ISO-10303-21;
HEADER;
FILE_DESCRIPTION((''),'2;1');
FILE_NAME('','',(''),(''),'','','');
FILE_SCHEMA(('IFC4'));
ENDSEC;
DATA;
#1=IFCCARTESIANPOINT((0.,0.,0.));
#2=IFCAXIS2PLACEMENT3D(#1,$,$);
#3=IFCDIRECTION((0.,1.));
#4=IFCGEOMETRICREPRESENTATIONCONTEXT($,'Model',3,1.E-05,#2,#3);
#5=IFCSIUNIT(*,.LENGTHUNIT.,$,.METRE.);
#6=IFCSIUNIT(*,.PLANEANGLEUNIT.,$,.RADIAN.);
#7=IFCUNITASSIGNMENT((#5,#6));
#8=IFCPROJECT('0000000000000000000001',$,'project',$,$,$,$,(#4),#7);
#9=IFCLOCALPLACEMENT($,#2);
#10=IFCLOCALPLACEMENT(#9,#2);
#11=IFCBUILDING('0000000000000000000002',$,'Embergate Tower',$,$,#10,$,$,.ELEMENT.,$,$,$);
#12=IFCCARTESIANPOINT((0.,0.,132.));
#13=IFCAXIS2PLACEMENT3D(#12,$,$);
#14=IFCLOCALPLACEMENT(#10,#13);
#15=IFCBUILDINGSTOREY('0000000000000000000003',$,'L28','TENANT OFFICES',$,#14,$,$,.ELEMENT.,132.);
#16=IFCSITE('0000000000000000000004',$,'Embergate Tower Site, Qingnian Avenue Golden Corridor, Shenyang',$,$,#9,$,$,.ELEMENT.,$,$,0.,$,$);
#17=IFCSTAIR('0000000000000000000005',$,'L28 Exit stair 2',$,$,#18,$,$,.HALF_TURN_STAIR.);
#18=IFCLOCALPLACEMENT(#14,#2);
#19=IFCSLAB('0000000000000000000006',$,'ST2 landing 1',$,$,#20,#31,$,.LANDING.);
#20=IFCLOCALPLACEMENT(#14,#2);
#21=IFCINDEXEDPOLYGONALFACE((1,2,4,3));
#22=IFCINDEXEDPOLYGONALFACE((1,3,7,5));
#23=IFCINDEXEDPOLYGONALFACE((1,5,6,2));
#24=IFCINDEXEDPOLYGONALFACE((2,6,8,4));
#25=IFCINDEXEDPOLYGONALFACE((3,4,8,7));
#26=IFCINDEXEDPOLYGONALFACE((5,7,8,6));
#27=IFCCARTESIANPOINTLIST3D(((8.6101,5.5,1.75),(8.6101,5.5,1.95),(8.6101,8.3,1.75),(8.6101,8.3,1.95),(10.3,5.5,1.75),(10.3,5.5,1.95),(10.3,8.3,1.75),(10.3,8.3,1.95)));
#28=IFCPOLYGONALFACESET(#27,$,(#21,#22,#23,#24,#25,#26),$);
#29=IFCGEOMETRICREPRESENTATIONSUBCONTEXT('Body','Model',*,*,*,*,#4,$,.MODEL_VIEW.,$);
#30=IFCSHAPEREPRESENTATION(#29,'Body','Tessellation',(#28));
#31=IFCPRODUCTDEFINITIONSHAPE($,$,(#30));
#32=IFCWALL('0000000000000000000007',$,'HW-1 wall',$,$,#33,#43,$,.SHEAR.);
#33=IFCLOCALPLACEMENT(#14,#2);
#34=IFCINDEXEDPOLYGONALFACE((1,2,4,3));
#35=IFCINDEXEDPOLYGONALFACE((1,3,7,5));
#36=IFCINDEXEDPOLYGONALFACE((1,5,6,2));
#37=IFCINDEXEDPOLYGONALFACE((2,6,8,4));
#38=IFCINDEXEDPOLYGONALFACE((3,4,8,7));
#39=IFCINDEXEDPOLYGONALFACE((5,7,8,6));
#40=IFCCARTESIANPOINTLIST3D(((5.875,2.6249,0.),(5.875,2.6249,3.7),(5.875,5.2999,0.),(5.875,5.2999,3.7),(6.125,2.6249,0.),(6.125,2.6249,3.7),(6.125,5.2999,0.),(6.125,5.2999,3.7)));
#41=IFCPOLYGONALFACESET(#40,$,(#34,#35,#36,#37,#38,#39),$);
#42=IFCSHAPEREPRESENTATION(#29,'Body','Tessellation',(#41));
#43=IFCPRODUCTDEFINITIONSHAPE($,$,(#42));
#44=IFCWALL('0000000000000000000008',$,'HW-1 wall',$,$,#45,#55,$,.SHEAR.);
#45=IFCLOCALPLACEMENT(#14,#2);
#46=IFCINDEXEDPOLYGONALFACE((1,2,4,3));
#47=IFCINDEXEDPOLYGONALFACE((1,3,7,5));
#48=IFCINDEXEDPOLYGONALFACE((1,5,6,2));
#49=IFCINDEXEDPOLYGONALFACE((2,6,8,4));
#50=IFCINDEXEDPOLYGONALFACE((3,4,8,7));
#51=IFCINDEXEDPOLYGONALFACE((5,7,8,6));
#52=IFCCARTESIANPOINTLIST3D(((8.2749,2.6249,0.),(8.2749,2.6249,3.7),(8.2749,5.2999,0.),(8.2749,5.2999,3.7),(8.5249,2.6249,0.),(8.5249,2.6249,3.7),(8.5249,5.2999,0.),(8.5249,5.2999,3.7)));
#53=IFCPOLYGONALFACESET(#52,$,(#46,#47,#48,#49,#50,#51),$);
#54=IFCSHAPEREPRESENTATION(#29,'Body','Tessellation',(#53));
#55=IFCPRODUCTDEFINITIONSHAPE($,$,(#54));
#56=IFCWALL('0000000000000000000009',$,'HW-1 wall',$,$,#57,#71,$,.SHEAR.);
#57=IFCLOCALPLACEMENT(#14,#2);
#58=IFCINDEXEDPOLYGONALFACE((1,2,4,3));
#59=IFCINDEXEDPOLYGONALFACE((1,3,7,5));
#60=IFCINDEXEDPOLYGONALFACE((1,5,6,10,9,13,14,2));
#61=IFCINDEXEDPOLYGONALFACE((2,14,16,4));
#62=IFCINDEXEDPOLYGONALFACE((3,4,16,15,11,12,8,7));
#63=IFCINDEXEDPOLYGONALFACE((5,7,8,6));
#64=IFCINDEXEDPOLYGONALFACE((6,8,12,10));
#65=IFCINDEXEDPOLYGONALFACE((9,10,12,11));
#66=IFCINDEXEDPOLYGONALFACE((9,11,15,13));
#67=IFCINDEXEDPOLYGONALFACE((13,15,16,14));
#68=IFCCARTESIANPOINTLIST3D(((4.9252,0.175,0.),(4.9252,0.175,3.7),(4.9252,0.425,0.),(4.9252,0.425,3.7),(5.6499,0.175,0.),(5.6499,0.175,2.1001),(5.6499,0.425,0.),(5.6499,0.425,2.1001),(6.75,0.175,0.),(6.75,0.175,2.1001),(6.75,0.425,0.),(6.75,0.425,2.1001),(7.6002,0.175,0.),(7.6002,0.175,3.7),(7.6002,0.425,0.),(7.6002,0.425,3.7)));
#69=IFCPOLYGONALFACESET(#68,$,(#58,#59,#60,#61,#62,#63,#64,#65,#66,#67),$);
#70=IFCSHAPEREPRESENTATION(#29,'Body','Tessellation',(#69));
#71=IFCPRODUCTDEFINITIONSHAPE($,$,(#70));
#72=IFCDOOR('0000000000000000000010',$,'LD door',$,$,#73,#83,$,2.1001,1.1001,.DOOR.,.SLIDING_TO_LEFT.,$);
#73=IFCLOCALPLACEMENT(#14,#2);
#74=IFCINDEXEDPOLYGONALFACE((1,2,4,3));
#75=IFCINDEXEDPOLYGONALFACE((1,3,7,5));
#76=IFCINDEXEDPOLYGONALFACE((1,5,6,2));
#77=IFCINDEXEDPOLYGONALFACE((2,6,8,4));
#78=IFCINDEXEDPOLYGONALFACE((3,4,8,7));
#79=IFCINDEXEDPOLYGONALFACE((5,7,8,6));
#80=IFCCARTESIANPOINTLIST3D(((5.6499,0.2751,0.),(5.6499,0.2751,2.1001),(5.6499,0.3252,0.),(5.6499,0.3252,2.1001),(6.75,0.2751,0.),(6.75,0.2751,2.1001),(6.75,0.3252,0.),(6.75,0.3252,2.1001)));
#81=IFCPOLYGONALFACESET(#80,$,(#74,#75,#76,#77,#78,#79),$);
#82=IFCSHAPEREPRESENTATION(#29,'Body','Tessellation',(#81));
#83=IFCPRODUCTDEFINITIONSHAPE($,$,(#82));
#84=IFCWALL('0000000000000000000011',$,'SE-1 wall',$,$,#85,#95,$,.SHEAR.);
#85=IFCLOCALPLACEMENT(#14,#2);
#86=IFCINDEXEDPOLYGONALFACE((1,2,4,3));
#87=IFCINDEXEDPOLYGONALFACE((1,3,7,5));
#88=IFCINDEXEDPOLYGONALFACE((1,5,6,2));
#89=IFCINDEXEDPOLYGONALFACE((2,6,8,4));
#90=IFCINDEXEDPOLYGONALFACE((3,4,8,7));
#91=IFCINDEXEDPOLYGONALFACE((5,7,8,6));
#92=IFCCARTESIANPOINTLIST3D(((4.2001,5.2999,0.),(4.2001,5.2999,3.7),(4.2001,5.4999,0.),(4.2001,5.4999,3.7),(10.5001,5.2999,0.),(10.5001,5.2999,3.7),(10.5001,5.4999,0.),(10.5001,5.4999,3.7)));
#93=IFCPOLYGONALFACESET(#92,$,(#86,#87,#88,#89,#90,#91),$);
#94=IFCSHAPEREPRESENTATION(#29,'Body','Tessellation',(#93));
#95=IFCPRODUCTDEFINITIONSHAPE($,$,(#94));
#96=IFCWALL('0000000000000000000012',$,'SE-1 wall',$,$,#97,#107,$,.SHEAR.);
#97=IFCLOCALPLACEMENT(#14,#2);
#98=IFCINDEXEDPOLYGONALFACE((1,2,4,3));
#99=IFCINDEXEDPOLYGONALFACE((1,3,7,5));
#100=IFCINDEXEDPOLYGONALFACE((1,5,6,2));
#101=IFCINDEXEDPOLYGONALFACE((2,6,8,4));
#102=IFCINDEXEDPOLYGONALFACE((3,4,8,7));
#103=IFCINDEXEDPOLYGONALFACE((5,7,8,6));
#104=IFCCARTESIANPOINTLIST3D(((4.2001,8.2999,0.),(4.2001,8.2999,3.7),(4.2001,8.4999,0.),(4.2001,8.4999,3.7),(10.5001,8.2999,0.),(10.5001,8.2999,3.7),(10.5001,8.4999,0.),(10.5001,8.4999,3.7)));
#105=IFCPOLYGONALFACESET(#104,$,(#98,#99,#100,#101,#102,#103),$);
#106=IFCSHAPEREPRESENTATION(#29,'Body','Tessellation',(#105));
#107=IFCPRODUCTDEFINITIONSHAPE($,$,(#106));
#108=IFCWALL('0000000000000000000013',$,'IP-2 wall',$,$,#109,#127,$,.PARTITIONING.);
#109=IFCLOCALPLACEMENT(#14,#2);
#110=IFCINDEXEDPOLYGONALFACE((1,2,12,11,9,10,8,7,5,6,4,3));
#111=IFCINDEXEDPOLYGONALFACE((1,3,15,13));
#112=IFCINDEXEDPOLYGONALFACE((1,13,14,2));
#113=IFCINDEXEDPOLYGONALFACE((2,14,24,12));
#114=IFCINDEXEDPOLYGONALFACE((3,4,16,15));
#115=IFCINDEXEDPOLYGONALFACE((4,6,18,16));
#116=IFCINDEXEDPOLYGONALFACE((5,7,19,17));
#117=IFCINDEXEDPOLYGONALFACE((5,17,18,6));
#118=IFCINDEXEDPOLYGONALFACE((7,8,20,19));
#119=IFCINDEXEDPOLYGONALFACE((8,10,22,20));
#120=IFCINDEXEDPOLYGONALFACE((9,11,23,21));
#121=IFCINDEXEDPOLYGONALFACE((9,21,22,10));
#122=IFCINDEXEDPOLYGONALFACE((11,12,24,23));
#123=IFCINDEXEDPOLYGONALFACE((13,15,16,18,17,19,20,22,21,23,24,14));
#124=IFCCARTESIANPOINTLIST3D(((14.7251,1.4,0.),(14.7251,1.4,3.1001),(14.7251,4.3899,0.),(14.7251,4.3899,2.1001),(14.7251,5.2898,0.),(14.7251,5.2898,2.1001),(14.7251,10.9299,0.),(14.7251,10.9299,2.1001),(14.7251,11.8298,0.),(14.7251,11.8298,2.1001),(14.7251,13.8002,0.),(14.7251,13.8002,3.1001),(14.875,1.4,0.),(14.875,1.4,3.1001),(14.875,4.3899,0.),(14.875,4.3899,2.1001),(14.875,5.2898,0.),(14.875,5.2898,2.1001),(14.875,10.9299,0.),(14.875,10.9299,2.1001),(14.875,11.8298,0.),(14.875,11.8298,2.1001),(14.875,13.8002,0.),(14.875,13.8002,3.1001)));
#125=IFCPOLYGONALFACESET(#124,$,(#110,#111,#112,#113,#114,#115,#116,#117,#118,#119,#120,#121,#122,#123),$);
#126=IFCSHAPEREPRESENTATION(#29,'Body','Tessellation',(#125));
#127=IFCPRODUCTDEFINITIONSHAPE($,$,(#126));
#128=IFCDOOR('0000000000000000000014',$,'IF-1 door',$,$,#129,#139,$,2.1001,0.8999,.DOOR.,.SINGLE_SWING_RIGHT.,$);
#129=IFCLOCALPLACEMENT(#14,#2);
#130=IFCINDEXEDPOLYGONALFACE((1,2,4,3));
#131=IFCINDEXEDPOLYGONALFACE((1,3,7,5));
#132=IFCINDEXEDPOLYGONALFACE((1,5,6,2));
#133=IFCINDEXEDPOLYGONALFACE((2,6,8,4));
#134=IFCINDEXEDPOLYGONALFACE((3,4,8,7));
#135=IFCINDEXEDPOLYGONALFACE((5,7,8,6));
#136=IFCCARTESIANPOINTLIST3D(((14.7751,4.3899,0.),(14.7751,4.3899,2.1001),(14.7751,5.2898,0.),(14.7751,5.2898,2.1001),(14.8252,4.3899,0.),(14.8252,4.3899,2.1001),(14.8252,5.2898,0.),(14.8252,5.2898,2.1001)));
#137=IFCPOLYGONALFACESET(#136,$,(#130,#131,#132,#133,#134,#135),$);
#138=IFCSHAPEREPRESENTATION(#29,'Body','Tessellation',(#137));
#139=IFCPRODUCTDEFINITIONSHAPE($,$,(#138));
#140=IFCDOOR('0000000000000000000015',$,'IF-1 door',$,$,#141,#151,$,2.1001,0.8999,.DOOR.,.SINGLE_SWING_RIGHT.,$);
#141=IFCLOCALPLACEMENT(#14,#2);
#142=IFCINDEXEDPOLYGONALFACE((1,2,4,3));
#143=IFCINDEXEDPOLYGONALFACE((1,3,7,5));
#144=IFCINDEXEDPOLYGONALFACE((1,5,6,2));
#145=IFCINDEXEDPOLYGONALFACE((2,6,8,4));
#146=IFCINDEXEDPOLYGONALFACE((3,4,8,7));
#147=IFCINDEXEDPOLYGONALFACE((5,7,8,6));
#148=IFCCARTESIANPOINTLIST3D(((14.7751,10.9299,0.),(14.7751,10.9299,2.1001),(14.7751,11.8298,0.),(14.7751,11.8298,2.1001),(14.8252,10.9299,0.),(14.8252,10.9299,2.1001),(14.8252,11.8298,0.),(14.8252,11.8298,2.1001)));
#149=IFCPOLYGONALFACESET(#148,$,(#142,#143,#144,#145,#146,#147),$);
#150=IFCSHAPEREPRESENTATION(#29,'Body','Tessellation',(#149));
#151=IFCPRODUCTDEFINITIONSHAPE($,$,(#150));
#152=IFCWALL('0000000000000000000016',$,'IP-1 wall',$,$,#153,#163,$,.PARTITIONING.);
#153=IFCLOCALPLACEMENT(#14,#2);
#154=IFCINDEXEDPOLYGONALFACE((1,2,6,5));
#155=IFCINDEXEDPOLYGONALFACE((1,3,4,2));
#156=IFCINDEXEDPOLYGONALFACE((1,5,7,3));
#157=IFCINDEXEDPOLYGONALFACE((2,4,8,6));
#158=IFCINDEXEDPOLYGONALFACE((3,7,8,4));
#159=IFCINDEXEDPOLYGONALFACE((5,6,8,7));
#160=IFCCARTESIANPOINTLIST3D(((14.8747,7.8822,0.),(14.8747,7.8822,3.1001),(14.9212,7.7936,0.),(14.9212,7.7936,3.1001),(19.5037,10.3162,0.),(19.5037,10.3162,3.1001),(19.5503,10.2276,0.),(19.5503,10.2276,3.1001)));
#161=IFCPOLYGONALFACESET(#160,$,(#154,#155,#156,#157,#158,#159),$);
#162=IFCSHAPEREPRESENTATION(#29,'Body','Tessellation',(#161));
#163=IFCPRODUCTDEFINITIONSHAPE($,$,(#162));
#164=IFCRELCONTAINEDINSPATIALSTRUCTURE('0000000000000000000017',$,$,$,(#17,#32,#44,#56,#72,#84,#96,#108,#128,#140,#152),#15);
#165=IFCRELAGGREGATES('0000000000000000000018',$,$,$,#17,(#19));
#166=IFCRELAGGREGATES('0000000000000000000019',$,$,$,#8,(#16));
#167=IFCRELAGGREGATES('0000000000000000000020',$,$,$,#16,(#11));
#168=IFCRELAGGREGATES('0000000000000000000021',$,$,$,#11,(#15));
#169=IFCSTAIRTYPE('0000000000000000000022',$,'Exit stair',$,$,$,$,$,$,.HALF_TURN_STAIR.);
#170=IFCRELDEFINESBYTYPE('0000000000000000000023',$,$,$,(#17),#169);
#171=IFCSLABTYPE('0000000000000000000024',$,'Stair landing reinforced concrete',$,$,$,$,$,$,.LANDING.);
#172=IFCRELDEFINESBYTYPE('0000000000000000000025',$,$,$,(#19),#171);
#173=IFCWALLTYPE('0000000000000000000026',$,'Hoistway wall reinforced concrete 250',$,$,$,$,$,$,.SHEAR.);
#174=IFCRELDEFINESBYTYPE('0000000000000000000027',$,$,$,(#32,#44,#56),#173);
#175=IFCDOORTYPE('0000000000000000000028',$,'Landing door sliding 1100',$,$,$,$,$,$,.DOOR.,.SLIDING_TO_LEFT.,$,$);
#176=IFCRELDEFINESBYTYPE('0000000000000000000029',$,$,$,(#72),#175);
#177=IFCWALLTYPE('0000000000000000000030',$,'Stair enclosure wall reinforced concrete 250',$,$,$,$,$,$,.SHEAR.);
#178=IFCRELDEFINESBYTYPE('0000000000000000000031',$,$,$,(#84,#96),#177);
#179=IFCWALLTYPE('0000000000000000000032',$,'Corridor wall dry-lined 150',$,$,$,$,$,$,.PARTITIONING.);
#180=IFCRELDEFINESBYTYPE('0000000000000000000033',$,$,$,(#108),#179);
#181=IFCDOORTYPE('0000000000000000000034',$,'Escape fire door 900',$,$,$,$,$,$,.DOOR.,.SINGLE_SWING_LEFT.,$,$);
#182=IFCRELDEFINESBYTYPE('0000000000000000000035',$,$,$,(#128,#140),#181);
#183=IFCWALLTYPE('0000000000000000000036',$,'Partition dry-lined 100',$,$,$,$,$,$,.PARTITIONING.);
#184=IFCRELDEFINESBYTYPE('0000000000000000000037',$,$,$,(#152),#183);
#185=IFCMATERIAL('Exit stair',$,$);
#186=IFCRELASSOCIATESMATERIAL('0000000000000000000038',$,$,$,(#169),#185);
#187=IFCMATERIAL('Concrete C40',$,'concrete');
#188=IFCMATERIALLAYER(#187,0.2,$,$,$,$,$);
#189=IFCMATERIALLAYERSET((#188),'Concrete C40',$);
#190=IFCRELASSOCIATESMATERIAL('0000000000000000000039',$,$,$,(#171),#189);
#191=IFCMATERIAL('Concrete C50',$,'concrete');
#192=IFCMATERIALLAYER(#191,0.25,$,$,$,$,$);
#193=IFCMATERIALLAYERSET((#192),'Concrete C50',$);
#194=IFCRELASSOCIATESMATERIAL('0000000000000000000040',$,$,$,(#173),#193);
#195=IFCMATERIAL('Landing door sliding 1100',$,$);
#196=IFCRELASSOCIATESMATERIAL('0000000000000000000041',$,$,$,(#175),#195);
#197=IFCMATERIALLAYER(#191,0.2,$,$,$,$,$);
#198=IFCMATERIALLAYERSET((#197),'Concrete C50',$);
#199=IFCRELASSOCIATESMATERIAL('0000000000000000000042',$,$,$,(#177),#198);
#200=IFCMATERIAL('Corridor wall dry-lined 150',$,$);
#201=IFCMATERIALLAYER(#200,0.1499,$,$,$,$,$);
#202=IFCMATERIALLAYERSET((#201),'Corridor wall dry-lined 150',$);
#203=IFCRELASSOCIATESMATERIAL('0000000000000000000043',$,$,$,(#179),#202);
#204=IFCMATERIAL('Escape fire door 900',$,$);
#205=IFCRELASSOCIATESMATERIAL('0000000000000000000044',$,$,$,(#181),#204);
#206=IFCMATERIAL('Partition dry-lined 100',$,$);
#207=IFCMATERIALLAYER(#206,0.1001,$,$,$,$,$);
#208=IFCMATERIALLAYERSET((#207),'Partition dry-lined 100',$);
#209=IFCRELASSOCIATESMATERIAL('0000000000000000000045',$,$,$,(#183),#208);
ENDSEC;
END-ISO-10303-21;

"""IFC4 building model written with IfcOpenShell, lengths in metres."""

from ifc_helpers import new_model, si_unit, direction, frame, frame_2d, origin, place, context, subcontext, project, spatial, polyline, rectangle, outline, extrude, source, transform, mapped, material, layer, layer_set, type_object, element, fill, aggregate, save


model = new_model("IFC4")

# Units and contexts
model_context = context("Model", 3, precision=1e-05, world=origin(), true_north=direction((0.0, 1.0)))
body_context = subcontext(model_context, "Body", "Model", "MODEL_VIEW")
ifc_project = project(units=[si_unit("LENGTHUNIT", "METRE"), si_unit("PLANEANGLEUNIT", "RADIAN")], contexts=[model_context])

# Site, building, storey
site_placement = place(None, origin())
site = spatial("IfcSite", under=ifc_project, at=site_placement, Name="Embergate Tower Site, Qingnian Avenue Golden Corridor, Shenyang", CompositionType="ELEMENT", RefElevation=0.0)
building_placement = place(site_placement, origin())
building = spatial("IfcBuilding", under=site, at=building_placement, Name="Embergate Tower", CompositionType="ELEMENT")
storey_placement = place(building_placement, frame((0.0, 0.0, 132.0)))
storey = spatial("IfcBuildingStorey", under=building, at=storey_placement, Name="L28", Description="TENANT OFFICES", CompositionType="ELEMENT", Elevation=132.0)

# Stair, slab
ifc_material_1 = material(Name="Exit stair")
stair_type = type_object("IfcStairType", Name="Exit stair", PredefinedType="HALF_TURN_STAIR", material=ifc_material_1)
stair_placement = place(storey_placement, origin())
stair = element("IfcStair", 1, at=stair_placement, inside=storey, type_object=stair_type, Name="L28 Exit stair 2", PredefinedType="HALF_TURN_STAIR")
ifc_material_2 = material(Name="Concrete C40", Category="concrete")
ifc_layer_1 = layer(ifc_material_2, 0.2)
ifc_layer_set_1 = layer_set([ifc_layer_1], Name="Concrete C40")
slab_type = type_object("IfcSlabType", Name="Stair landing reinforced concrete", PredefinedType="LANDING", material=ifc_layer_set_1)
shared_shape_1 = source(origin(), body_context, "Body", "SweptSolid", [
    extrude(outline(polyline([(0.0, 0.0), (1.6899, 0.0), (1.6899, 2.8), (0.0, 2.8), (0.0, 0.0)])), origin(), (0.0, 0.0, 1.0), 0.2),
])
slab_placement = place(storey_placement, frame((8.6101, 5.5, 1.75)))
slab = element("IfcSlab", 2, at=slab_placement, type_object=slab_type, Name="ST2 landing 1", PredefinedType="LANDING", context=body_context, shape_type="MappedRepresentation", body=[
    mapped(shared_shape_1, transform((0.0, 0.0, 0.0))),
])

# Walls
ifc_material_3 = material(Name="Concrete C50", Category="concrete")
ifc_layer_2 = layer(ifc_material_3, 0.25)
ifc_layer_set_2 = layer_set([ifc_layer_2], Name="Concrete C50")
wall_type_1 = type_object("IfcWallType", Name="Hoistway wall reinforced concrete 250", PredefinedType="SHEAR", material=ifc_layer_set_2)
shared_shape_2 = source(origin(), body_context, "Body", "SweptSolid", [
    extrude(rectangle(XDim=2.675, YDim=0.25, at=frame_2d((1.3374, 0.0))), origin(), (0.0, 0.0, 1.0), 3.7),
])
for number, where, z_axis, x_axis, name in (
    (3, (6.0, 2.625, 0.0), (0.0, 0.0, 1.0), (0.0, 1.0, 0.0), "HW-1 wall"),
    (4, (8.3999, 2.625, 0.0), (0.0, 0.0, 1.0), (0.0, 1.0, 0.0), "HW-1 wall"),
):
    element("IfcWall", number, at=place(storey_placement, frame(where, z_axis=z_axis, x_axis=x_axis)), inside=storey, type_object=wall_type_1, Name=name, PredefinedType="SHEAR", context=body_context, shape_type="MappedRepresentation", body=[
        mapped(shared_shape_2, transform((0.0, 0.0, 0.0))),
    ])

# Wall, opening, door
wall_1_placement = place(storey_placement, frame((7.6001, 0.3, 0.0), z_axis=(0.0, 0.0, 1.0), x_axis=(-1.0, 0.0, 0.0)))
wall_1 = element("IfcWall", 5, at=wall_1_placement, inside=storey, type_object=wall_type_1, Name="HW-1 wall", PredefinedType="SHEAR", context=body_context, shape_type="MappedRepresentation", body=[
    mapped(shared_shape_2, transform((0.0, 0.0, 0.0))),
])
shared_shape_3 = source(origin(), body_context, "Body", "SweptSolid", [
    extrude(rectangle(XDim=1.1001, YDim=2.1001, at=frame_2d((0.55, 1.05))), frame((0.0, 0.135, 0.0), z_axis=(0.0, -1.0, 0.0), x_axis=(1.0, 0.0, 0.0)), (0.0, 0.0, 1.0), 0.27),
])
opening_1_placement = place(wall_1_placement, frame((0.8501, 0.0, 0.0)))
opening_1 = element("IfcOpeningElement", 6, at=opening_1_placement, cuts=wall_1, PredefinedType="OPENING", context=body_context, shape_type="MappedRepresentation", body=[
    mapped(shared_shape_3, transform((0.0, 0.0, 0.0))),
])
ifc_material_4 = material(Name="Landing door sliding 1100")
door_type_1 = type_object("IfcDoorType", Name="Landing door sliding 1100", OperationType="SLIDING_TO_LEFT", PredefinedType="DOOR", material=ifc_material_4)
shared_shape_4 = source(origin(), body_context, "Body", "SweptSolid", [
    extrude(rectangle(XDim=1.1001, YDim=2.1001, at=frame_2d((0.55, 1.05))), frame((0.0, 0.0249, 0.0), z_axis=(0.0, -1.0, 0.0), x_axis=(1.0, 0.0, 0.0)), (0.0, 0.0, 1.0), 0.05),
])
door_1_placement = place(opening_1_placement, origin())
door_1 = element("IfcDoor", 7, at=door_1_placement, inside=storey, type_object=door_type_1, Name="LD door", OperationType="SLIDING_TO_LEFT", OverallHeight=2.1001, OverallWidth=1.1001, PredefinedType="DOOR", context=body_context, shape_type="MappedRepresentation", body=[
    mapped(shared_shape_4, transform((0.0, 0.0, 0.0))),
])
fill(opening_1, door_1)

# Walls
ifc_layer_3 = layer(ifc_material_3, 0.2)
ifc_layer_set_3 = layer_set([ifc_layer_3], Name="Concrete C50")
wall_type_2 = type_object("IfcWallType", Name="Stair enclosure wall reinforced concrete 250", PredefinedType="SHEAR", material=ifc_layer_set_3)
shared_shape_5 = source(origin(), body_context, "Body", "SweptSolid", [
    extrude(rectangle(XDim=6.3, YDim=0.2, at=frame_2d((3.1499, 0.0))), origin(), (0.0, 0.0, 1.0), 3.7),
])
for number, where, z_axis, x_axis, name in (
    (8, (10.5, 5.3999, 0.0), (0.0, 0.0, 1.0), (-1.0, 0.0, 0.0), "SE-1 wall"),
    (9, (10.5, 8.3999, 0.0), (0.0, 0.0, 1.0), (-1.0, 0.0, 0.0), "SE-1 wall"),
):
    element("IfcWall", number, at=place(storey_placement, frame(where, z_axis=z_axis, x_axis=x_axis)), inside=storey, type_object=wall_type_2, Name=name, PredefinedType="SHEAR", context=body_context, shape_type="MappedRepresentation", body=[
        mapped(shared_shape_5, transform((0.0, 0.0, 0.0))),
    ])

# Wall, openings, doors
ifc_material_5 = material(Name="Corridor wall dry-lined 150")
ifc_layer_4 = layer(ifc_material_5, 0.1499)
ifc_layer_set_4 = layer_set([ifc_layer_4], Name="Corridor wall dry-lined 150")
wall_type_3 = type_object("IfcWallType", Name="Corridor wall dry-lined 150", PredefinedType="PARTITIONING", material=ifc_layer_set_4)
shared_shape_6 = source(origin(), body_context, "Body", "SweptSolid", [
    extrude(rectangle(XDim=12.4001, YDim=0.1499, at=frame_2d((6.2002, 0.0))), origin(), (0.0, 0.0, 1.0), 3.1001),
])
wall_2_placement = place(storey_placement, frame((14.8, 1.3999, 0.0), z_axis=(0.0, 0.0, 1.0), x_axis=(0.0, 1.0, 0.0)))
wall_2 = element("IfcWall", 10, at=wall_2_placement, inside=storey, type_object=wall_type_3, Name="IP-2 wall", PredefinedType="PARTITIONING", context=body_context, shape_type="MappedRepresentation", body=[
    mapped(shared_shape_6, transform((0.0, 0.0, 0.0))),
])
shared_shape_7 = source(origin(), body_context, "Body", "SweptSolid", [
    extrude(rectangle(XDim=0.8999, YDim=2.1001, at=frame_2d((0.45, 1.05))), frame((0.0, 0.085, 0.0), z_axis=(0.0, -1.0, 0.0), x_axis=(1.0, 0.0, 0.0)), (0.0, 0.0, 1.0), 0.1699),
])
opening_2_placement = place(wall_2_placement, frame((2.99, 0.0, 0.0)))
opening_2 = element("IfcOpeningElement", 11, at=opening_2_placement, cuts=wall_2, PredefinedType="OPENING", context=body_context, shape_type="MappedRepresentation", body=[
    mapped(shared_shape_7, transform((0.0, 0.0, 0.0))),
])
opening_3_placement = place(wall_2_placement, frame((9.53, 0.0, 0.0)))
opening_3 = element("IfcOpeningElement", 12, at=opening_3_placement, cuts=wall_2, PredefinedType="OPENING", context=body_context, shape_type="MappedRepresentation", body=[
    mapped(shared_shape_7, transform((0.0, 0.0, 0.0))),
])
ifc_material_6 = material(Name="Escape fire door 900")
door_type_2 = type_object("IfcDoorType", Name="Escape fire door 900", OperationType="SINGLE_SWING_LEFT", PredefinedType="DOOR", material=ifc_material_6)
shared_shape_8 = source(origin(), body_context, "Body", "SweptSolid", [
    extrude(rectangle(XDim=0.8999, YDim=2.1001, at=frame_2d((0.45, 1.05))), frame((0.0, 0.0249, 0.0), z_axis=(0.0, -1.0, 0.0), x_axis=(1.0, 0.0, 0.0)), (0.0, 0.0, 1.0), 0.05),
])
door_2_placement = place(opening_2_placement, origin())
door_2 = element("IfcDoor", 13, at=door_2_placement, inside=storey, type_object=door_type_2, Name="IF-1 door", OperationType="SINGLE_SWING_RIGHT", OverallHeight=2.1001, OverallWidth=0.8999, PredefinedType="DOOR", context=body_context, shape_type="MappedRepresentation", body=[
    mapped(shared_shape_8, transform((0.0, 0.0, 0.0))),
])
fill(opening_2, door_2)
door_3_placement = place(opening_3_placement, origin())
door_3 = element("IfcDoor", 14, at=door_3_placement, inside=storey, type_object=door_type_2, Name="IF-1 door", OperationType="SINGLE_SWING_RIGHT", OverallHeight=2.1001, OverallWidth=0.8999, PredefinedType="DOOR", context=body_context, shape_type="MappedRepresentation", body=[
    mapped(shared_shape_8, transform((0.0, 0.0, 0.0))),
])
fill(opening_3, door_3)

# Wall
ifc_material_7 = material(Name="Partition dry-lined 100")
ifc_layer_5 = layer(ifc_material_7, 0.1001)
ifc_layer_set_5 = layer_set([ifc_layer_5], Name="Partition dry-lined 100")
wall_type_4 = type_object("IfcWallType", Name="Partition dry-lined 100", PredefinedType="PARTITIONING", material=ifc_layer_set_5)
shared_shape_9 = source(origin(), body_context, "Body", "SweptSolid", [
    extrude(rectangle(XDim=5.23, YDim=0.1001, at=frame_2d((2.615, 0.0))), origin(), (0.0, 0.0, 1.0), 3.1001),
])
wall_3_placement = place(storey_placement, frame((14.8979, 7.8379, 0.0), z_axis=(0.0, 0.0, 1.0), x_axis=(0.8851, 0.4654, 0.0)))
element("IfcWall", 15, at=wall_3_placement, inside=storey, type_object=wall_type_4, Name="IP-1 wall", PredefinedType="PARTITIONING", context=body_context, shape_type="MappedRepresentation", body=[
    mapped(shared_shape_9, transform((0.0, 0.0, 0.0))),
])

aggregate(stair, [slab])

save(model, "model.ifc")
